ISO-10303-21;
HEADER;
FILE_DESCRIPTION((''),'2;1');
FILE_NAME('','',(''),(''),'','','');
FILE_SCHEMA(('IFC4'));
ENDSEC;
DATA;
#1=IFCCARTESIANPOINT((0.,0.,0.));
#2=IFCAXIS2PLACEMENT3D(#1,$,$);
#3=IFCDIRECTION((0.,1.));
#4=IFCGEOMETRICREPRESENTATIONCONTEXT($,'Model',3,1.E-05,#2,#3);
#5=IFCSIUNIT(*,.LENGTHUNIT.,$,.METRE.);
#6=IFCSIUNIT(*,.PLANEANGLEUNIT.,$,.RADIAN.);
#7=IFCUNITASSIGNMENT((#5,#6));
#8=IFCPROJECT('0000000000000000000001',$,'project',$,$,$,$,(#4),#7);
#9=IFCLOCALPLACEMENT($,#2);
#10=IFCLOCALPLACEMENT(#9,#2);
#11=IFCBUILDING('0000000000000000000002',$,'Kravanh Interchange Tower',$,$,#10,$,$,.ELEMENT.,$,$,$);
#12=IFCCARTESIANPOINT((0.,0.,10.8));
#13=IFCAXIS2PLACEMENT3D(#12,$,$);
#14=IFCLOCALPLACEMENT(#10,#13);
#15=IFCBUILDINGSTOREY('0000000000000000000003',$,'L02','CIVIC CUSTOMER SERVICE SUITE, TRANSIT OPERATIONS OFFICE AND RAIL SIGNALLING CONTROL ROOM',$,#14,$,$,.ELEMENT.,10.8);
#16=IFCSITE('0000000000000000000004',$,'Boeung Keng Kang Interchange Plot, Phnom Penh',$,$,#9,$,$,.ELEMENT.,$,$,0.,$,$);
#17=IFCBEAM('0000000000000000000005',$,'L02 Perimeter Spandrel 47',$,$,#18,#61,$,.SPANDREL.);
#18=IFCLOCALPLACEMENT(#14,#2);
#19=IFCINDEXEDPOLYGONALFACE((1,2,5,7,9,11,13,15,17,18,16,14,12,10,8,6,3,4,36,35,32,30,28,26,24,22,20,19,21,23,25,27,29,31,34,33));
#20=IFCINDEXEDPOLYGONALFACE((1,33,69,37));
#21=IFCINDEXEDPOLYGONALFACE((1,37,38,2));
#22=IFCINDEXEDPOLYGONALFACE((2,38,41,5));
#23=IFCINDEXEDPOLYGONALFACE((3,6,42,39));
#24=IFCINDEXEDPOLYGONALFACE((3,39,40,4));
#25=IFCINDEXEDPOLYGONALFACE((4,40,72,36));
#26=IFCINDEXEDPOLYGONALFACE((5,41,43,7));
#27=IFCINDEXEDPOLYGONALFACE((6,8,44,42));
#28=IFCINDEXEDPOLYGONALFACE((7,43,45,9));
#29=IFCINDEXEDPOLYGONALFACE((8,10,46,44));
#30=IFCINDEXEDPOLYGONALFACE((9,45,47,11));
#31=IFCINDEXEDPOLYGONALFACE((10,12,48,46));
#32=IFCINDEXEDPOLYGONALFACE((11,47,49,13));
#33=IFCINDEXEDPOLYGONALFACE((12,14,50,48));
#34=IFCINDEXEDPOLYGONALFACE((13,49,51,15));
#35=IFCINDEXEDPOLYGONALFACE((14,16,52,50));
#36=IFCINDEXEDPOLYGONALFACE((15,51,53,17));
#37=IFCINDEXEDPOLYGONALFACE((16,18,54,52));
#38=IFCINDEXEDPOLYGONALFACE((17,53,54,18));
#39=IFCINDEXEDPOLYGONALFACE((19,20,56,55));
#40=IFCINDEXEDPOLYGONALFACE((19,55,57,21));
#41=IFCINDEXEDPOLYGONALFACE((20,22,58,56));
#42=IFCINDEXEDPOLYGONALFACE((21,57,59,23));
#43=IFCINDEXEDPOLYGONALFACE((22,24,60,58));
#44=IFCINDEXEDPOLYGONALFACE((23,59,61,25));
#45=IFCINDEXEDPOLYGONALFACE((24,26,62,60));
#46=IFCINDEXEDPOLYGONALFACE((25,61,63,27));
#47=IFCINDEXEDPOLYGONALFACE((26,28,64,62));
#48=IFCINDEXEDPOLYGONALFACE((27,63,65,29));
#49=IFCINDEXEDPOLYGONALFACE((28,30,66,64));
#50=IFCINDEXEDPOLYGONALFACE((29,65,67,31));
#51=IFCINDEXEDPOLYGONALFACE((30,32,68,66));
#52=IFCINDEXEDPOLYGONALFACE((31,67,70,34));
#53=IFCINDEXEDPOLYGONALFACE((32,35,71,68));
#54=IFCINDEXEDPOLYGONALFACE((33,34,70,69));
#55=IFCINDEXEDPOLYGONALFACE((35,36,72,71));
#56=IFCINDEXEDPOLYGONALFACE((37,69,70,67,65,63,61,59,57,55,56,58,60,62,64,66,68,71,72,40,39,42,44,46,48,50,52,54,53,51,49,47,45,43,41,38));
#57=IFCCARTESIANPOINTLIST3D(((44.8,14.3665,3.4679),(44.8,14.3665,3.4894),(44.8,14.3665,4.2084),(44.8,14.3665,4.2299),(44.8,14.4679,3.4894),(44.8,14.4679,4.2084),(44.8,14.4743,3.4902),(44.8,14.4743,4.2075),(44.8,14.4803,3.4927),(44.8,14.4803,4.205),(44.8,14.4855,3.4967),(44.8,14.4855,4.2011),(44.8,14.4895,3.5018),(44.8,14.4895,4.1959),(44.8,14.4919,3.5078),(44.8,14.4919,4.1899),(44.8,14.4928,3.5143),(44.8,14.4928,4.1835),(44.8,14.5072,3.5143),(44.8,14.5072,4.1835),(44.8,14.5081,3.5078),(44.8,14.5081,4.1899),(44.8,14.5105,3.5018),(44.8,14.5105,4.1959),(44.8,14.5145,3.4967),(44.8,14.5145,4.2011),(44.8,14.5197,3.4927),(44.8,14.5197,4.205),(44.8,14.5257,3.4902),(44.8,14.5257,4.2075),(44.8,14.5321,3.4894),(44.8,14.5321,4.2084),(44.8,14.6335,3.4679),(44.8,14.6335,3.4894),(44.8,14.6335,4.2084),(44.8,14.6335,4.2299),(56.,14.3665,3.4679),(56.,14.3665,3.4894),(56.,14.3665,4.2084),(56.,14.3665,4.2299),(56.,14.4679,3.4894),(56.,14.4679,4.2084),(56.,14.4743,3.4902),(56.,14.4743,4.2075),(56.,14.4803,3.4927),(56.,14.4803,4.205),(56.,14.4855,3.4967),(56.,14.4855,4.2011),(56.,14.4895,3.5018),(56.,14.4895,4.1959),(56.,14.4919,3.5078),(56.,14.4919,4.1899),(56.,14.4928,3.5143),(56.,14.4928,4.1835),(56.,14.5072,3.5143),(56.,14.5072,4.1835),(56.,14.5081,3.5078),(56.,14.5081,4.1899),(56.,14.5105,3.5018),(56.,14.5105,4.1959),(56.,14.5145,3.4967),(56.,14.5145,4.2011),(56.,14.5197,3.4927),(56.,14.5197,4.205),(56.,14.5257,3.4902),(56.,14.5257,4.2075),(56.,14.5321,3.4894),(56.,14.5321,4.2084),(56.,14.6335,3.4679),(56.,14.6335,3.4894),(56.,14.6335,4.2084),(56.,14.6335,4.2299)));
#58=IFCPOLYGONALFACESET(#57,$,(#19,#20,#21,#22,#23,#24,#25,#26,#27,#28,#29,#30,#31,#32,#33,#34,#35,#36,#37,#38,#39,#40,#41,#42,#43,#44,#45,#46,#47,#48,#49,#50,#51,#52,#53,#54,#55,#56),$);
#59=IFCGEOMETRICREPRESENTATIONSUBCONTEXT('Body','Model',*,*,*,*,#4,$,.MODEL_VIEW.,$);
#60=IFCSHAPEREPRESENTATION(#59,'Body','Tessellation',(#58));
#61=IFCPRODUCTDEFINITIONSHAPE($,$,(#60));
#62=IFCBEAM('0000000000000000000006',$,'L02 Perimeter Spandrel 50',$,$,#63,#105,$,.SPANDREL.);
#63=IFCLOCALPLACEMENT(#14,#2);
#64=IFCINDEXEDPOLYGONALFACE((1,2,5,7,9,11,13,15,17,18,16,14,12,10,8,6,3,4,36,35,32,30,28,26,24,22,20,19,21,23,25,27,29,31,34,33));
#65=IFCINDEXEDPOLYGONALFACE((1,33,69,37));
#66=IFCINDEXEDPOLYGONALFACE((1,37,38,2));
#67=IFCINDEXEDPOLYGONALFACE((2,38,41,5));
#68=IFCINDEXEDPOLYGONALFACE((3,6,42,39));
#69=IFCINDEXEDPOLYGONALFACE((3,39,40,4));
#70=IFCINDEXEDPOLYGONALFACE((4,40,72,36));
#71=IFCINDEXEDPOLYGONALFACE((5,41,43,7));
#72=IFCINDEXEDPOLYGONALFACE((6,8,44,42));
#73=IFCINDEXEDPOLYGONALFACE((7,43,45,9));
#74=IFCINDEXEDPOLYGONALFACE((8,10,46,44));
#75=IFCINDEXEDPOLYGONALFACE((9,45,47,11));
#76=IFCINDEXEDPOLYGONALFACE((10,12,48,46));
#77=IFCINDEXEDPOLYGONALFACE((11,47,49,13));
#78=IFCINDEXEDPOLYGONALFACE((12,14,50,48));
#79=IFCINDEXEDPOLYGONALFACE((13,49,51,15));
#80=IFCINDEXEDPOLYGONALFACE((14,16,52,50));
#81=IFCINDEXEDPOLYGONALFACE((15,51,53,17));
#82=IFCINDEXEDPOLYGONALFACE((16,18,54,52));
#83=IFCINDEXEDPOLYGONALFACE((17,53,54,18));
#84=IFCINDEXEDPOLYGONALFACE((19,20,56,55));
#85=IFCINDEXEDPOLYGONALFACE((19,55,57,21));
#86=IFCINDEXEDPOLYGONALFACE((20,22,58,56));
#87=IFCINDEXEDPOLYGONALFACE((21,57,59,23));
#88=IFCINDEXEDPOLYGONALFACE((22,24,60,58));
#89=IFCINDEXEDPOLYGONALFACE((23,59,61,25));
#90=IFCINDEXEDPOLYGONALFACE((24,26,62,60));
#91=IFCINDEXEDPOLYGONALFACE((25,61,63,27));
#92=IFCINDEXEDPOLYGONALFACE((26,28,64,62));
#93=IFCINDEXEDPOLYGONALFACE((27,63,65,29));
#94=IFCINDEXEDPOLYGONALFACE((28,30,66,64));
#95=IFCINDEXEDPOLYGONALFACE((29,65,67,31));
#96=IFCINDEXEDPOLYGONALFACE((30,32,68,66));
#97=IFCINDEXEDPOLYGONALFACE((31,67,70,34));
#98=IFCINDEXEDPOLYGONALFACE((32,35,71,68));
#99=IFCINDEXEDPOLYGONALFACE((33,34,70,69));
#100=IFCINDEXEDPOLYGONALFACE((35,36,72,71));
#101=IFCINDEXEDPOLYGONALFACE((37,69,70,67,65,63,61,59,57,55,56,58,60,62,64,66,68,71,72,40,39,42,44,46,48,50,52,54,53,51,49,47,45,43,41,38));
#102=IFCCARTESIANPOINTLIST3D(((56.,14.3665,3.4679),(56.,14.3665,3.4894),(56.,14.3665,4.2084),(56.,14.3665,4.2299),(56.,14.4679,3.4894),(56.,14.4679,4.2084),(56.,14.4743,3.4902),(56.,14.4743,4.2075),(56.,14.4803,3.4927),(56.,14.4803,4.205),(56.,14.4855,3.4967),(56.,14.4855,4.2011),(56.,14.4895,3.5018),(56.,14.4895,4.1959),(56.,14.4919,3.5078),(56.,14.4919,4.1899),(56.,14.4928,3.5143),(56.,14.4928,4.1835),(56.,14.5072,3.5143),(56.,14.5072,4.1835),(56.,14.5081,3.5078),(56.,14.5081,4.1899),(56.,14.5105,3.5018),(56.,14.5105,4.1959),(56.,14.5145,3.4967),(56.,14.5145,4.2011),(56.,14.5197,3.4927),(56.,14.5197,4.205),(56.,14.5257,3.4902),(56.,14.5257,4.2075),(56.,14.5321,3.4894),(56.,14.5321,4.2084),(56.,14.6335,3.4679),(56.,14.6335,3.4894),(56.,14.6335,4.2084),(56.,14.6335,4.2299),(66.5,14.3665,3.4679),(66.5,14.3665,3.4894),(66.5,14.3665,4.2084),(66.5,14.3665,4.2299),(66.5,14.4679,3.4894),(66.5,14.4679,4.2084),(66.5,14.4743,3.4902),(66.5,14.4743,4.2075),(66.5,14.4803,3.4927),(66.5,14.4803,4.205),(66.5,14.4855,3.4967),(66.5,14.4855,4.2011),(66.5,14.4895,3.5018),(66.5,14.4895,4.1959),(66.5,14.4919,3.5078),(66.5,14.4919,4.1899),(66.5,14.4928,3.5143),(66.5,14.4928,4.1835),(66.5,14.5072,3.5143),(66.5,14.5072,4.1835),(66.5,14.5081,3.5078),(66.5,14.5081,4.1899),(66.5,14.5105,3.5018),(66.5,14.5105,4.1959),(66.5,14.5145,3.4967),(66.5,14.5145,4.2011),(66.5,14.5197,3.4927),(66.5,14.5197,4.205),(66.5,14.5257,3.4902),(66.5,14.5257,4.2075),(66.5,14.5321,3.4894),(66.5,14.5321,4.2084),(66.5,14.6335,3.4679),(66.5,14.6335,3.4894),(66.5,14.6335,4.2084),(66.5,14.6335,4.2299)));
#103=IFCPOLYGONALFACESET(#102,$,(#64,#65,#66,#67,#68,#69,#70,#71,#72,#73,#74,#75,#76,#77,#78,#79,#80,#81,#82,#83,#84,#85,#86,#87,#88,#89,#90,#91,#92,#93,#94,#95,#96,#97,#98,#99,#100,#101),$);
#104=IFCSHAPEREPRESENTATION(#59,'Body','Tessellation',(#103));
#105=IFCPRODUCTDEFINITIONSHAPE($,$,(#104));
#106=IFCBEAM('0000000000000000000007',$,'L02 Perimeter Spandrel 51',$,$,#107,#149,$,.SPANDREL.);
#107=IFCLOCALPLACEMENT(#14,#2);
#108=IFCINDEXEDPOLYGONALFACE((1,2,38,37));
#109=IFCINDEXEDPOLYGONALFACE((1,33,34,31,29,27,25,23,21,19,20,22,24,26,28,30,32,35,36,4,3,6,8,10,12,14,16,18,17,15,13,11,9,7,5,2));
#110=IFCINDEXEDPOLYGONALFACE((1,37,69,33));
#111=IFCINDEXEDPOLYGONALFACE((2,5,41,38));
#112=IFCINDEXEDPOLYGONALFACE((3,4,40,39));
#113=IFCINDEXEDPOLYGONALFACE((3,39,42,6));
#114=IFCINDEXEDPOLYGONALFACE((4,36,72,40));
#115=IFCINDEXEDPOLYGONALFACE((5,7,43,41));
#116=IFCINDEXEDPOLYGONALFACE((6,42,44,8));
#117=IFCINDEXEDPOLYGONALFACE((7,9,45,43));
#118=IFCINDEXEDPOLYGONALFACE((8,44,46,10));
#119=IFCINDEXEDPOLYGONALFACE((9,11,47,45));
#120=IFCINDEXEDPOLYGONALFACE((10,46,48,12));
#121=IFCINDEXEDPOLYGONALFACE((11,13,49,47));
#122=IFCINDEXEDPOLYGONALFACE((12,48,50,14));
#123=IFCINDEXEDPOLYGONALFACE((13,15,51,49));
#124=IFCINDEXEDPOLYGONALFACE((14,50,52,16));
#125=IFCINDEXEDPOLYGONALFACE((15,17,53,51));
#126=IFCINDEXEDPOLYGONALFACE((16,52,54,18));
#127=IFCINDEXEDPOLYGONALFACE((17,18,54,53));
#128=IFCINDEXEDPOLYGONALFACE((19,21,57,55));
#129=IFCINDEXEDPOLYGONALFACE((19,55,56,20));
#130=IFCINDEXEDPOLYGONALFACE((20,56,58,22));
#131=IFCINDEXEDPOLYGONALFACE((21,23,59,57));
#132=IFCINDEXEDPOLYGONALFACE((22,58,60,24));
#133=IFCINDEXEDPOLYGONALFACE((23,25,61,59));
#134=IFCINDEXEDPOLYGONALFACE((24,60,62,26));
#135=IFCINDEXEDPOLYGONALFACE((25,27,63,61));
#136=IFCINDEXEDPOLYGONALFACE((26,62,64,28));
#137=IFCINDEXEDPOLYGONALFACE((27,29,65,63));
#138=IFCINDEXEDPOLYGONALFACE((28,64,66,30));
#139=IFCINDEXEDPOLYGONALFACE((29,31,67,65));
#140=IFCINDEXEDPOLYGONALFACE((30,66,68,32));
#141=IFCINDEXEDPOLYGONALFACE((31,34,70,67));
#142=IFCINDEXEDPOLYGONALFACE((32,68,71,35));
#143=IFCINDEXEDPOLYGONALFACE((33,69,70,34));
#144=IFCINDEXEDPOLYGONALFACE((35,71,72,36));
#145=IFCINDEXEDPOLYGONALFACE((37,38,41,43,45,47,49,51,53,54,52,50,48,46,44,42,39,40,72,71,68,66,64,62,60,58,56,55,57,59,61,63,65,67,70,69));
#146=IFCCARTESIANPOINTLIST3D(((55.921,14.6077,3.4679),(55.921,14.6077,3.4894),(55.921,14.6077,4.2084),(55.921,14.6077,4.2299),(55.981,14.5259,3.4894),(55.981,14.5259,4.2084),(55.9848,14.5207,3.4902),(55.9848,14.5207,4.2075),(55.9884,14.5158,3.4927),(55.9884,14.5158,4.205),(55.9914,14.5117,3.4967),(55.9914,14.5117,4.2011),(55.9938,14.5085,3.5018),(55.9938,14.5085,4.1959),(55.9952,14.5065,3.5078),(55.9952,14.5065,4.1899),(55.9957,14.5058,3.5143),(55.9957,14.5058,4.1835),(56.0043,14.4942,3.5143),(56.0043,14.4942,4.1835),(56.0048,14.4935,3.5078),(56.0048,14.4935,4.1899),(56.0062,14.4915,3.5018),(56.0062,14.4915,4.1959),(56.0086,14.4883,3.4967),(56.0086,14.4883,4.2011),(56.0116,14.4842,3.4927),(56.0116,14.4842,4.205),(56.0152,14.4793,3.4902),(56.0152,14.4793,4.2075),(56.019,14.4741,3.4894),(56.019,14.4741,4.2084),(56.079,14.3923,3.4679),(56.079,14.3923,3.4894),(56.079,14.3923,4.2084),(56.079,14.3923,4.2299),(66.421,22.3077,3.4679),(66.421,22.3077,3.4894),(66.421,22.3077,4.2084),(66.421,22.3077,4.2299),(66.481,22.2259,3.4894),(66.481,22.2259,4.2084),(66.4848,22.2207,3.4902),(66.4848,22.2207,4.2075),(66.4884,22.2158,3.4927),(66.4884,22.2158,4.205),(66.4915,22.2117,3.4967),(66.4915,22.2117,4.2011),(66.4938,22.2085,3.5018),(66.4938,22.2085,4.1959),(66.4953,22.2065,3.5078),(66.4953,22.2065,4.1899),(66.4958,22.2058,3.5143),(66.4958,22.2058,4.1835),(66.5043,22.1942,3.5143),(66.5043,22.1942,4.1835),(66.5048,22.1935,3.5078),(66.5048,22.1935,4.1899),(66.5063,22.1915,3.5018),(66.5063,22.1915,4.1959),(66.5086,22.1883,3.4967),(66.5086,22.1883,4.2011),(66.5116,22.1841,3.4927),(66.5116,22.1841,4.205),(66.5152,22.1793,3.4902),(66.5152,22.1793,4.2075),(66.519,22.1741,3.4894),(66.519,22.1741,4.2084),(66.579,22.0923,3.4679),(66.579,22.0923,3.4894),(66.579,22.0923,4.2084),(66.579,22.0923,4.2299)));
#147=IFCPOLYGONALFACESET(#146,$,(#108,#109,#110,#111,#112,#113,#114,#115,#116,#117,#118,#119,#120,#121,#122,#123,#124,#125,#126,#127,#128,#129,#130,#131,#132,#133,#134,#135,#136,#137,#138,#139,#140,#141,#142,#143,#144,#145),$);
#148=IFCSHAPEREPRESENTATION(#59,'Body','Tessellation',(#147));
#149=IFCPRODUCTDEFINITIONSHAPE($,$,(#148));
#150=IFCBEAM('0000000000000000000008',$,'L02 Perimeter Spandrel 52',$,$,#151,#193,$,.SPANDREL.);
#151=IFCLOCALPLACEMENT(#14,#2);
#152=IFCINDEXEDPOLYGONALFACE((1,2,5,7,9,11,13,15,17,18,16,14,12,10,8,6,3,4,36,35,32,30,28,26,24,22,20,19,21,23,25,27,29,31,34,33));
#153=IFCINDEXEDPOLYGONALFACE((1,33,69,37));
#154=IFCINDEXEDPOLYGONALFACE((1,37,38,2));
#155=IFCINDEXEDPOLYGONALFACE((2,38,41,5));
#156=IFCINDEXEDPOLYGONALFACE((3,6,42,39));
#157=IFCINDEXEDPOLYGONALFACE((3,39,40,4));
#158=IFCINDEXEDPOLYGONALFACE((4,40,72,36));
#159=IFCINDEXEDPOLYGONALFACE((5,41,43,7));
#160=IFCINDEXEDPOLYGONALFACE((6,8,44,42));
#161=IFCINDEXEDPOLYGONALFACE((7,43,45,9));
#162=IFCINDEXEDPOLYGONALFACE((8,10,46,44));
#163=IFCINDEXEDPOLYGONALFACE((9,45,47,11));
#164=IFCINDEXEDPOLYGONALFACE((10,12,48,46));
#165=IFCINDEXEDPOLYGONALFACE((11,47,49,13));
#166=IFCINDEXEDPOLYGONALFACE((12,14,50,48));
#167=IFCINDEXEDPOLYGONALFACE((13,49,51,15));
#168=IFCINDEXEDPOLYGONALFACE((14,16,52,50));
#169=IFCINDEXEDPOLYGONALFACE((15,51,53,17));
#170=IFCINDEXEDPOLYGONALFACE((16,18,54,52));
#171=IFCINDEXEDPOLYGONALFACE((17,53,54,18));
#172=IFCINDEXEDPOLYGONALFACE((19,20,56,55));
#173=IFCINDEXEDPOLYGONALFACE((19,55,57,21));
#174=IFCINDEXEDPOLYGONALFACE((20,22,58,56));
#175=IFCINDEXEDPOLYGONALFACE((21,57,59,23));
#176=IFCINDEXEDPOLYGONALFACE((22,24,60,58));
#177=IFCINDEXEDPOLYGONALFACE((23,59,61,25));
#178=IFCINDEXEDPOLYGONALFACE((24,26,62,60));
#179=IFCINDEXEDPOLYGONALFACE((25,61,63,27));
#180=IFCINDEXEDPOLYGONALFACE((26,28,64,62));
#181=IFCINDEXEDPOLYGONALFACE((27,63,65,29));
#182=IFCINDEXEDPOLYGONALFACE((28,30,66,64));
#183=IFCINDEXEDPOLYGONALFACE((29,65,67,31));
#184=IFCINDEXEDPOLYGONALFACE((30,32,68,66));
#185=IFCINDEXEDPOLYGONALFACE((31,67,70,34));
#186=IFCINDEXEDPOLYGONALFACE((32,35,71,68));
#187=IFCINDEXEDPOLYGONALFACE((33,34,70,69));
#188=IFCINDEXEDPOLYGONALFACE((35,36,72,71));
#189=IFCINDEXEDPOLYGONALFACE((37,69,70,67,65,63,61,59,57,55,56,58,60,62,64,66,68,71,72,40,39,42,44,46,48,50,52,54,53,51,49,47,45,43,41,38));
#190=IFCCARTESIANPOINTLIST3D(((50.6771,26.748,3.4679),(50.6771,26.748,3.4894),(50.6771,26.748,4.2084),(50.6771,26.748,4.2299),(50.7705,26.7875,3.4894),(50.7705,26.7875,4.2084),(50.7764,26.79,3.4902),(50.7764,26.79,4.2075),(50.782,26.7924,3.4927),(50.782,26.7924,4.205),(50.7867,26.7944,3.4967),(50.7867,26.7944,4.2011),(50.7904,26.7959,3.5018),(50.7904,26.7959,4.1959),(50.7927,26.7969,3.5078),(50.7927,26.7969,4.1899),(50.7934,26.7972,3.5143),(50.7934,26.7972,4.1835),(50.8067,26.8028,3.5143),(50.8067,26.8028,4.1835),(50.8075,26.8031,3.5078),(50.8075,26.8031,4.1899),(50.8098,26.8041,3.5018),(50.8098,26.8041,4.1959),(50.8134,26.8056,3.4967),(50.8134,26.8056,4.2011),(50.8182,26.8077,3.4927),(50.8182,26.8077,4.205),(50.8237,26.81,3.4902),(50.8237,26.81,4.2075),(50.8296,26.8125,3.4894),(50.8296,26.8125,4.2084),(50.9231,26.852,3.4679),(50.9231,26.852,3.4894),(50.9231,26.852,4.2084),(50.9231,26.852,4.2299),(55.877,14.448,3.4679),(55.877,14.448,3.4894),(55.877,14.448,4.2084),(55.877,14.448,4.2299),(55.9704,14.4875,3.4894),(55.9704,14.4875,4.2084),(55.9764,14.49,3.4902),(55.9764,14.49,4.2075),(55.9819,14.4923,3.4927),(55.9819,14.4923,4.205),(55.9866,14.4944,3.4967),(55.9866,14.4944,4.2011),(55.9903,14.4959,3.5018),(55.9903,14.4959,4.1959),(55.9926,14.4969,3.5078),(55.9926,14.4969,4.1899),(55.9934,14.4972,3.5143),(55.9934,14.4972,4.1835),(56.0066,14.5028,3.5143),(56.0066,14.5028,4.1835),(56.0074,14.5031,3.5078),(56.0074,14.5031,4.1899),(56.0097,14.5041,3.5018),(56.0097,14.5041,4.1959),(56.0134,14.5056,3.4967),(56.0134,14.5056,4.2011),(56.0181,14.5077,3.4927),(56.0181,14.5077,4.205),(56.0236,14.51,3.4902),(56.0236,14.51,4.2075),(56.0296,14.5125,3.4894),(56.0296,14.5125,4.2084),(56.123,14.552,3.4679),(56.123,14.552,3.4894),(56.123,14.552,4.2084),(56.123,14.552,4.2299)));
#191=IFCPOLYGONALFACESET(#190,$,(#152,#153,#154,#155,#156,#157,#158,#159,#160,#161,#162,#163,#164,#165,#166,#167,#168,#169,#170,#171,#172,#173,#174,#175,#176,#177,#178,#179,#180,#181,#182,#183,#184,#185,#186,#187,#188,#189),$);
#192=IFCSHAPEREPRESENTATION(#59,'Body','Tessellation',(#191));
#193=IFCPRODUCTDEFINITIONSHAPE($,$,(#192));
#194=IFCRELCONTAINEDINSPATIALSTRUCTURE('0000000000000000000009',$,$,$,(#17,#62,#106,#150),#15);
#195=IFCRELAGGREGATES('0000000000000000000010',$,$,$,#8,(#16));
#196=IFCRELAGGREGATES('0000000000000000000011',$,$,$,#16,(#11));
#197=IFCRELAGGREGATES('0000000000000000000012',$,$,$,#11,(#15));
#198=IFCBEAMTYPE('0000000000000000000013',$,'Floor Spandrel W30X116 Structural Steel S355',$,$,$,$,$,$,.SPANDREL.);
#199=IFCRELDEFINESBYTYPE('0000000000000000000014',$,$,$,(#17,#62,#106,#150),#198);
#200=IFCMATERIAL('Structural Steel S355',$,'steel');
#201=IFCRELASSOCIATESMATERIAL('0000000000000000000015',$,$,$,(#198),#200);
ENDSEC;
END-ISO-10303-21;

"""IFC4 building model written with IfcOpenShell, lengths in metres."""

from ifc_helpers import new_model, si_unit, direction, frame, origin, origin_2d, place, context, subcontext, project, spatial, i_section, extrude, material, material_profile, profile_set, type_object, element, save


model = new_model("IFC4")

# Units and contexts
model_context = context("Model", 3, precision=1e-05, world=origin(), true_north=direction((0.0, 1.0)))
body_context = subcontext(model_context, "Body", "Model", "MODEL_VIEW")
ifc_project = project(units=[si_unit("LENGTHUNIT", "METRE"), si_unit("PLANEANGLEUNIT", "RADIAN")], contexts=[model_context])

# Site, building, storey
site_placement = place(None, origin())
site = spatial("IfcSite", under=ifc_project, at=site_placement, Name="Boeung Keng Kang Interchange Plot, Phnom Penh", CompositionType="ELEMENT", RefElevation=0.0)
building_placement = place(site_placement, origin())
building = spatial("IfcBuilding", under=site, at=building_placement, Name="Kravanh Interchange Tower", CompositionType="ELEMENT")
storey_placement = place(building_placement, frame((0.0, 0.0, 10.8)))
storey = spatial("IfcBuildingStorey", under=building, at=storey_placement, Name="L02", Description="CIVIC CUSTOMER SERVICE SUITE, TRANSIT OPERATIONS OFFICE AND RAIL SIGNALLING CONTROL ROOM", CompositionType="ELEMENT", Elevation=10.8)

# Beams
ifc_material_1 = material(Name="Structural Steel S355", Category="steel")
ifc_material_profile_1 = material_profile(ifc_material_1, i_section(OverallWidth=0.2671, OverallDepth=0.762, WebThickness=0.0144, FlangeThickness=0.0215, FilletRadius=0.0249, at=origin_2d()), Name="W30X116")
ifc_profile_set_1 = profile_set([ifc_material_profile_1], Name="Structural Steel S355")
beam_type_1 = type_object("IfcBeamType", Name="Floor Spandrel W30X116 Structural Steel S355", PredefinedType="SPANDREL", material=ifc_profile_set_1)
beam_1_placement = place(storey_placement, frame((44.8, 14.5, 3.8489), z_axis=(1.0, 0.0, 0.0), x_axis=(0.0, 1.0, 0.0)))
element("IfcBeam", 1, at=beam_1_placement, inside=storey, type_object=beam_type_1, Name="L02 Perimeter Spandrel 47", PredefinedType="SPANDREL", context=body_context, shape_type="SweptSolid", body=[
    extrude(i_section(OverallWidth=0.2671, OverallDepth=0.762, WebThickness=0.0144, FlangeThickness=0.0215, FilletRadius=0.0249, at=origin_2d()), origin(), (0.0, 0.0, 1.0), 11.2),
])
beam_2_placement = place(storey_placement, frame((56.0, 14.5, 3.8489), z_axis=(1.0, 0.0, 0.0), x_axis=(0.0, 1.0, 0.0)))
element("IfcBeam", 2, at=beam_2_placement, inside=storey, type_object=beam_type_1, Name="L02 Perimeter Spandrel 50", PredefinedType="SPANDREL", context=body_context, shape_type="SweptSolid", body=[
    extrude(i_section(OverallWidth=0.2671, OverallDepth=0.762, WebThickness=0.0144, FlangeThickness=0.0215, FilletRadius=0.0249, at=origin_2d()), origin(), (0.0, 0.0, 1.0), 10.5),
])
beam_3_placement = place(storey_placement, frame((56.0, 14.5, 3.8489), z_axis=(0.806407, 0.591361, 0.0), x_axis=(-0.591361, 0.806407, 0.0)))
element("IfcBeam", 3, at=beam_3_placement, inside=storey, type_object=beam_type_1, Name="L02 Perimeter Spandrel 51", PredefinedType="SPANDREL", context=body_context, shape_type="SweptSolid", body=[
    extrude(i_section(OverallWidth=0.2671, OverallDepth=0.762, WebThickness=0.0144, FlangeThickness=0.0215, FilletRadius=0.0249, at=origin_2d()), origin(), (0.0, 0.0, 1.0), 13.0208),
])
beam_4_placement = place(storey_placement, frame((56.0, 14.5, 3.8489), z_axis=(-0.389391, 0.921072, 0.0), x_axis=(-0.921072, -0.389391, 0.0)))
element("IfcBeam", 4, at=beam_4_placement, inside=storey, type_object=beam_type_1, Name="L02 Perimeter Spandrel 52", PredefinedType="SPANDREL", context=body_context, shape_type="SweptSolid", body=[
    extrude(i_section(OverallWidth=0.2671, OverallDepth=0.762, WebThickness=0.0144, FlangeThickness=0.0215, FilletRadius=0.0249, at=origin_2d()), origin(), (0.0, 0.0, 1.0), 13.354),
])

save(model, "model.ifc")
